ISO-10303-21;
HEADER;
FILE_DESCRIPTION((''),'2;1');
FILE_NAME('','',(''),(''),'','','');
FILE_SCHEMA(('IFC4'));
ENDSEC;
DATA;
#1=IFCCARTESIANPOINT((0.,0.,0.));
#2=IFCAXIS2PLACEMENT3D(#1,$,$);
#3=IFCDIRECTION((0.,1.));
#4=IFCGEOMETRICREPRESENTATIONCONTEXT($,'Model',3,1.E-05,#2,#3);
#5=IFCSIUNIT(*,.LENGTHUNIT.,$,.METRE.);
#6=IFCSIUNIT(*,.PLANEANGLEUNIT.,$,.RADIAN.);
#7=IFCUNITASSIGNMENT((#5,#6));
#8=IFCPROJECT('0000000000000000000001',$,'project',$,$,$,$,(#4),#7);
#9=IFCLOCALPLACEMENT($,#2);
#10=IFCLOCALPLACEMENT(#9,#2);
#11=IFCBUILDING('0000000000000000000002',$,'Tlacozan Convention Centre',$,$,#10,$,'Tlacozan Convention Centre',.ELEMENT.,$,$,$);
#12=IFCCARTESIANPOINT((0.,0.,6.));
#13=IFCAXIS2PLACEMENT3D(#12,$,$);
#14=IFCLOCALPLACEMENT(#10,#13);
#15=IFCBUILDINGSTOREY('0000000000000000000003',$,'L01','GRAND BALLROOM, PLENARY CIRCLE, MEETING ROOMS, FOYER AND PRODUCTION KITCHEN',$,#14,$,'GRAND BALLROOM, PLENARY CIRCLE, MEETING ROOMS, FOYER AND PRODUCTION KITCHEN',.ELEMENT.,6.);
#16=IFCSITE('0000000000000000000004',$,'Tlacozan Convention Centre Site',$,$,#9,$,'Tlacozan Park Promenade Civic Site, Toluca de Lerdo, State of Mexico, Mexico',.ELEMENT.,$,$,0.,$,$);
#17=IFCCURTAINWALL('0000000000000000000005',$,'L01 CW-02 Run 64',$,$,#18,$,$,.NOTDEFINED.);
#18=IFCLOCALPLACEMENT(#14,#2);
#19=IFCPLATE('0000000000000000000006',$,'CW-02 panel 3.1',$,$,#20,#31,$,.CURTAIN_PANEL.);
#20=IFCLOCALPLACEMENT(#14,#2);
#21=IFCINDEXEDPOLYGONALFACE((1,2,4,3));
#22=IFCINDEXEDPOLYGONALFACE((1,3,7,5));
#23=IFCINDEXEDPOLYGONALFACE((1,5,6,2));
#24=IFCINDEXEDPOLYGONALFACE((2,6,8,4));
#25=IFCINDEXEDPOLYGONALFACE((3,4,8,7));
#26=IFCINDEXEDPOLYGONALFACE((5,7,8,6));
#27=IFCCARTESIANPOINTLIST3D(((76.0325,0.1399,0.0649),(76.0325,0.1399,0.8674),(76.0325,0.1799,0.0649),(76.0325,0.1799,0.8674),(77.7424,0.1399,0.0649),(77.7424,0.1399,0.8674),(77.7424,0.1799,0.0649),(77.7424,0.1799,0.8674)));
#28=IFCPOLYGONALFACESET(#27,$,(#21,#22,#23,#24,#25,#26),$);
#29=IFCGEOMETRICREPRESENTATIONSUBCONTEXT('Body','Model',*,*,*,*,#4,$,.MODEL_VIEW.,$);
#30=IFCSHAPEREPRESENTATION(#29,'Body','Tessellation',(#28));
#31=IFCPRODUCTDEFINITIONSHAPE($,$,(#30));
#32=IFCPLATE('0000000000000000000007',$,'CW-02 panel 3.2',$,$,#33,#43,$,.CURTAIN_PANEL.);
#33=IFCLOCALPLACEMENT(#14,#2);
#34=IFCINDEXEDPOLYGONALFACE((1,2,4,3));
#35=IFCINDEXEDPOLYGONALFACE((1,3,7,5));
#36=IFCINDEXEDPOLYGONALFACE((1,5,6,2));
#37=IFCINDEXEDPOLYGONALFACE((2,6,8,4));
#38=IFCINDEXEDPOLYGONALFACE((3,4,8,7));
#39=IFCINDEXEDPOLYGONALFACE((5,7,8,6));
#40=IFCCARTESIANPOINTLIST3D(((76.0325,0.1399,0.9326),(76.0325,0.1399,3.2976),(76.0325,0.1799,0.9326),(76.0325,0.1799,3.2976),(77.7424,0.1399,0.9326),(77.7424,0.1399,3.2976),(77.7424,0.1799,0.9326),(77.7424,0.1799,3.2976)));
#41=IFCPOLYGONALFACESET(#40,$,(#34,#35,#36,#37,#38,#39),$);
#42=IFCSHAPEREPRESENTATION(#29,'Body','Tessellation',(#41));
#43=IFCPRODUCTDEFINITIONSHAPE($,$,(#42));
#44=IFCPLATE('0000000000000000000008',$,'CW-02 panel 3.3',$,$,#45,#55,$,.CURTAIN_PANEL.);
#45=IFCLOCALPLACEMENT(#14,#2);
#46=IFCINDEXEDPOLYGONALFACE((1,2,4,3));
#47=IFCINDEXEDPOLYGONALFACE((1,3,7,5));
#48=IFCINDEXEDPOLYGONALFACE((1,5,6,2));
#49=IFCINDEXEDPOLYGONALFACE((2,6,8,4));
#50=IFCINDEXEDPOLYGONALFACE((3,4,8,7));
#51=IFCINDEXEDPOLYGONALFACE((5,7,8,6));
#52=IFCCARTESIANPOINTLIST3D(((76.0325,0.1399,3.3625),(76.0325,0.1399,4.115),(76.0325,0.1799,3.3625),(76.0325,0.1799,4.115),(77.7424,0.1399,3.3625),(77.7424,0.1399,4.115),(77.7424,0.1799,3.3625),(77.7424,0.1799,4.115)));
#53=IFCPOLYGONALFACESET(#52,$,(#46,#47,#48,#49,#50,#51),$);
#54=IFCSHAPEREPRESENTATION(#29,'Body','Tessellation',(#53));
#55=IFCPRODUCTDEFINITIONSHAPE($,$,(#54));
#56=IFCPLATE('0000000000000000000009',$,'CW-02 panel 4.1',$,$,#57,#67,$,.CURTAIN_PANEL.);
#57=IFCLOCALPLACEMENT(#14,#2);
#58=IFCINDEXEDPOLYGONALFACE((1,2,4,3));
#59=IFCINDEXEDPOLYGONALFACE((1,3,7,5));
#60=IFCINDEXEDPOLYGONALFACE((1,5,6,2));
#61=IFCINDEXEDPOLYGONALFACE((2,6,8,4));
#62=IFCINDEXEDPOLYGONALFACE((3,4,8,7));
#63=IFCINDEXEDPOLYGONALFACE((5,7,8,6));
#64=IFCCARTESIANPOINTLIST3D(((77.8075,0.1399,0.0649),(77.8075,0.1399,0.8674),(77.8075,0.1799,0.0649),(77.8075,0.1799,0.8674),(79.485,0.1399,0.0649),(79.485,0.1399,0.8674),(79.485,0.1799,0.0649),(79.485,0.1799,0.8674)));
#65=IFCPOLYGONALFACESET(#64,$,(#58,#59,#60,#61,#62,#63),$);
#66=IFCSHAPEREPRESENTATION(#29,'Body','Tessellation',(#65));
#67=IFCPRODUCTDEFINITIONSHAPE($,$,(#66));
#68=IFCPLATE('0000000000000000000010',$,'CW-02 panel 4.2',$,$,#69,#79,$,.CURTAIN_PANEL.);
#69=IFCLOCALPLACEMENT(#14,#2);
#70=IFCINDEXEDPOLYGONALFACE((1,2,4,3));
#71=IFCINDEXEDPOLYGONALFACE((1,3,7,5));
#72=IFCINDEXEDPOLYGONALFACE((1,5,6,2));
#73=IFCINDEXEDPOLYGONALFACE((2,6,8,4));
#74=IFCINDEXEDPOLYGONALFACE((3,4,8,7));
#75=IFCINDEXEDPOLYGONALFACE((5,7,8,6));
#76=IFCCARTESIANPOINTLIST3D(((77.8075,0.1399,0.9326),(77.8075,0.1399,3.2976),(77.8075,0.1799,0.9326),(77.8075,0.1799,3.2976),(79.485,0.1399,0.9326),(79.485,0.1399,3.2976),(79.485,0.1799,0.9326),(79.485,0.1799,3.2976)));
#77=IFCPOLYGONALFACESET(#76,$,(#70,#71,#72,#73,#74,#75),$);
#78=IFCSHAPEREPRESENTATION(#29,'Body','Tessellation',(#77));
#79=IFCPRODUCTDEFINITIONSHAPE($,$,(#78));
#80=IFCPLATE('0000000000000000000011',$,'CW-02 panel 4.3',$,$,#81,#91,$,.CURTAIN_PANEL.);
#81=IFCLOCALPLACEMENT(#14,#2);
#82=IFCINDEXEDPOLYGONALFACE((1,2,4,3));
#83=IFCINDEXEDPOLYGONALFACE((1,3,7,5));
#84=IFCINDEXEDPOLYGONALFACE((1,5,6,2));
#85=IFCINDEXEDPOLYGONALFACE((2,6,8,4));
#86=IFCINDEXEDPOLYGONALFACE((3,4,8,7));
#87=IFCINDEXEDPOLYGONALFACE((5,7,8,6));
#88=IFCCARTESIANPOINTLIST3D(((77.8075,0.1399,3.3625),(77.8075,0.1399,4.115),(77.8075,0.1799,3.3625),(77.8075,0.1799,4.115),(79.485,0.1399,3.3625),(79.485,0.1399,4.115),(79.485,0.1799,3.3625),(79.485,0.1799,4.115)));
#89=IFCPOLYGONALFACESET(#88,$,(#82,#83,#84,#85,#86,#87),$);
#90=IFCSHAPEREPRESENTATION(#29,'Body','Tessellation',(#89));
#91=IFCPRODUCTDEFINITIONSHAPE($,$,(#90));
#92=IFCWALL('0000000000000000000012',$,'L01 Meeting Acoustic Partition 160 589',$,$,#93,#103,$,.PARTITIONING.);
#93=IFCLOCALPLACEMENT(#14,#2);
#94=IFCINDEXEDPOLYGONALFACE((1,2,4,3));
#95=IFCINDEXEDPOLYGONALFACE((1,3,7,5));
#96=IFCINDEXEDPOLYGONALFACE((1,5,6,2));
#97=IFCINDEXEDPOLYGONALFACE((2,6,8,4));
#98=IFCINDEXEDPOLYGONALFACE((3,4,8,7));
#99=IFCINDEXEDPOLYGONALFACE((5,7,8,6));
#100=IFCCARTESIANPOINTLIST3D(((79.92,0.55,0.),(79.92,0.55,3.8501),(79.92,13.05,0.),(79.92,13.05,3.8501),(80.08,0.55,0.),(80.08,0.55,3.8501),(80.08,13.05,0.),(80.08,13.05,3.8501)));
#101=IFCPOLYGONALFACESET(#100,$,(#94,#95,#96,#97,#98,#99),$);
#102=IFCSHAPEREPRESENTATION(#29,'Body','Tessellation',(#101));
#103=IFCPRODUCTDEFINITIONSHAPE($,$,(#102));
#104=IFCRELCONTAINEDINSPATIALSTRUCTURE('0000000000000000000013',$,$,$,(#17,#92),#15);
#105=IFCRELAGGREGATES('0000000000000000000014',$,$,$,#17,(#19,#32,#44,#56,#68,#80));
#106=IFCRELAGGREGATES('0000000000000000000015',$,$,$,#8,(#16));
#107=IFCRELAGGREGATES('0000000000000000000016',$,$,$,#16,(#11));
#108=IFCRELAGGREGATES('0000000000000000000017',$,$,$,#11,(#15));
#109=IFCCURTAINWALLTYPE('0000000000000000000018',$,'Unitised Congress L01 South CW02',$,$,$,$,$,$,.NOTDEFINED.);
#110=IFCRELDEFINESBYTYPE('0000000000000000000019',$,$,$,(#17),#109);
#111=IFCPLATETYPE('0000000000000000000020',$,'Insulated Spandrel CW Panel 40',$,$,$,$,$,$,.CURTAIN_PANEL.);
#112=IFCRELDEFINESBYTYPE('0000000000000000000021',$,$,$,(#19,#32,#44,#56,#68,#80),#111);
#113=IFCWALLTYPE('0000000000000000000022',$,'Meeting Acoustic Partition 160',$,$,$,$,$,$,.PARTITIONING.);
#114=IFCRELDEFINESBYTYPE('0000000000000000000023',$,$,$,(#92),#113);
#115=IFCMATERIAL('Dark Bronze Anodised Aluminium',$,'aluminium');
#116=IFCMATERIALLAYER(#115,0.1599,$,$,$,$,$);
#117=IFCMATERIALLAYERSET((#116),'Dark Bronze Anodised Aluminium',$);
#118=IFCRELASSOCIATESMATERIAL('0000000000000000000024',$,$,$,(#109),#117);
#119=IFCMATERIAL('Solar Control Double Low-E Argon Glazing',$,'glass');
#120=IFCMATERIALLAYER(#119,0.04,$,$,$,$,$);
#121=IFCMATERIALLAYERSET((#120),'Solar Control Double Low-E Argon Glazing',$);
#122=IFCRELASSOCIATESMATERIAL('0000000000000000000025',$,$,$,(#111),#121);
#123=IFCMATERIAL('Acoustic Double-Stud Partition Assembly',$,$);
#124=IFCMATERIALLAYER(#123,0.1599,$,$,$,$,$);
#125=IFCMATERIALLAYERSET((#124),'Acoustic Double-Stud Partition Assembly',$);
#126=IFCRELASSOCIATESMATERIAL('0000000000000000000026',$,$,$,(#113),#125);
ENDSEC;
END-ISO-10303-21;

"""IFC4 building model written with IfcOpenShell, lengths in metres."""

from ifc_helpers import new_model, si_unit, direction, frame, frame_2d, origin, origin_2d, place, context, subcontext, project, spatial, rectangle, extrude, material, layer, layer_set, type_object, element, aggregate, save


model = new_model("IFC4")

# Units and contexts
model_context = context("Model", 3, precision=1e-05, world=origin(), true_north=direction((0.0, 1.0)))
body_context = subcontext(model_context, "Body", "Model", "MODEL_VIEW")
ifc_project = project(units=[si_unit("LENGTHUNIT", "METRE"), si_unit("PLANEANGLEUNIT", "RADIAN")], contexts=[model_context])

# Site, building, storey
site_placement = place(None, origin())
site = spatial("IfcSite", under=ifc_project, at=site_placement, Name="Tlacozan Convention Centre Site", LongName="Tlacozan Park Promenade Civic Site, Toluca de Lerdo, State of Mexico, Mexico", CompositionType="ELEMENT", RefElevation=0.0)
building_placement = place(site_placement, origin())
building = spatial("IfcBuilding", under=site, at=building_placement, Name="Tlacozan Convention Centre", LongName="Tlacozan Convention Centre", CompositionType="ELEMENT")
storey_placement = place(building_placement, frame((0.0, 0.0, 6.0)))
storey = spatial("IfcBuildingStorey", under=building, at=storey_placement, Name="L01", Description="GRAND BALLROOM, PLENARY CIRCLE, MEETING ROOMS, FOYER AND PRODUCTION KITCHEN", LongName="GRAND BALLROOM, PLENARY CIRCLE, MEETING ROOMS, FOYER AND PRODUCTION KITCHEN", CompositionType="ELEMENT", Elevation=6.0)

# Curtain wall
ifc_material_1 = material(Name="Dark Bronze Anodised Aluminium", Category="aluminium")
ifc_layer_1 = layer(ifc_material_1, 0.1599)
ifc_layer_set_1 = layer_set([ifc_layer_1], Name="Dark Bronze Anodised Aluminium")
curtain_wall_type = type_object("IfcCurtainWallType", Name="Unitised Congress L01 South CW02", PredefinedType="NOTDEFINED", material=ifc_layer_set_1)
curtain_wall_1_placement = place(storey_placement, origin())
curtain_wall_1 = element("IfcCurtainWall", 1, at=curtain_wall_1_placement, inside=storey, type_object=curtain_wall_type, Name="L01 CW-02 Run 64", PredefinedType="NOTDEFINED")

# Plates
ifc_material_2 = material(Name="Solar Control Double Low-E Argon Glazing", Category="glass")
ifc_layer_2 = layer(ifc_material_2, 0.04)
ifc_layer_set_2 = layer_set([ifc_layer_2], Name="Solar Control Double Low-E Argon Glazing")
plate_type = type_object("IfcPlateType", Name="Insulated Spandrel CW Panel 40", PredefinedType="CURTAIN_PANEL", material=ifc_layer_set_2)
plate_1_placement = place(storey_placement, frame((76.8875, 0.1599, 0.0649), z_axis=(0.0, 0.0, 1.0), x_axis=(1.0, 0.0, 0.0)))
plate_1 = element("IfcPlate", 2, at=plate_1_placement, type_object=plate_type, Name="CW-02 panel 3.1", PredefinedType="CURTAIN_PANEL", context=body_context, shape_type="SweptSolid", body=[
    extrude(rectangle(XDim=1.71, YDim=0.04, at=origin_2d()), origin(), (0.0, 0.0, 1.0), 0.8025),
])
plate_2_placement = place(storey_placement, frame((76.8875, 0.1599, 0.9326), z_axis=(0.0, 0.0, 1.0), x_axis=(1.0, 0.0, 0.0)))
plate_2 = element("IfcPlate", 3, at=plate_2_placement, type_object=plate_type, Name="CW-02 panel 3.2", PredefinedType="CURTAIN_PANEL", context=body_context, shape_type="SweptSolid", body=[
    extrude(rectangle(XDim=1.71, YDim=0.04, at=origin_2d()), origin(), (0.0, 0.0, 1.0), 2.365),
])
plate_3_placement = place(storey_placement, frame((76.8875, 0.1599, 3.3625), z_axis=(0.0, 0.0, 1.0), x_axis=(1.0, 0.0, 0.0)))
plate_3 = element("IfcPlate", 4, at=plate_3_placement, type_object=plate_type, Name="CW-02 panel 3.3", PredefinedType="CURTAIN_PANEL", context=body_context, shape_type="SweptSolid", body=[
    extrude(rectangle(XDim=1.71, YDim=0.04, at=origin_2d()), origin(), (0.0, 0.0, 1.0), 0.7524),
])
plate_4_placement = place(storey_placement, frame((78.6462, 0.1599, 0.0649), z_axis=(0.0, 0.0, 1.0), x_axis=(1.0, 0.0, 0.0)))
plate_4 = element("IfcPlate", 5, at=plate_4_placement, type_object=plate_type, Name="CW-02 panel 4.1", PredefinedType="CURTAIN_PANEL", context=body_context, shape_type="SweptSolid", body=[
    extrude(rectangle(XDim=1.6775, YDim=0.04, at=origin_2d()), origin(), (0.0, 0.0, 1.0), 0.8025),
])
plate_5_placement = place(storey_placement, frame((78.6462, 0.1599, 0.9326), z_axis=(0.0, 0.0, 1.0), x_axis=(1.0, 0.0, 0.0)))
plate_5 = element("IfcPlate", 6, at=plate_5_placement, type_object=plate_type, Name="CW-02 panel 4.2", PredefinedType="CURTAIN_PANEL", context=body_context, shape_type="SweptSolid", body=[
    extrude(rectangle(XDim=1.6775, YDim=0.04, at=origin_2d()), origin(), (0.0, 0.0, 1.0), 2.365),
])
plate_6_placement = place(storey_placement, frame((78.6462, 0.1599, 3.3625), z_axis=(0.0, 0.0, 1.0), x_axis=(1.0, 0.0, 0.0)))
plate_6 = element("IfcPlate", 7, at=plate_6_placement, type_object=plate_type, Name="CW-02 panel 4.3", PredefinedType="CURTAIN_PANEL", context=body_context, shape_type="SweptSolid", body=[
    extrude(rectangle(XDim=1.6775, YDim=0.04, at=origin_2d()), origin(), (0.0, 0.0, 1.0), 0.7524),
])
aggregate(curtain_wall_1, [plate_1, plate_2, plate_3, plate_4, plate_5, plate_6])

# Wall
ifc_material_3 = material(Name="Acoustic Double-Stud Partition Assembly")
ifc_layer_3 = layer(ifc_material_3, 0.1599)
ifc_layer_set_3 = layer_set([ifc_layer_3], Name="Acoustic Double-Stud Partition Assembly")
wall_type = type_object("IfcWallType", Name="Meeting Acoustic Partition 160", PredefinedType="PARTITIONING", material=ifc_layer_set_3)
wall_placement = place(storey_placement, frame((80.0, 0.55, 0.0), z_axis=(0.0, 0.0, 1.0), x_axis=(0.0, 1.0, 0.0)))
element("IfcWall", 8, at=wall_placement, inside=storey, type_object=wall_type, Name="L01 Meeting Acoustic Partition 160 589", PredefinedType="PARTITIONING", context=body_context, shape_type="SweptSolid", body=[
    extrude(rectangle(XDim=12.5, YDim=0.1599, at=frame_2d((6.25, 0.0))), origin(), (0.0, 0.0, 1.0), 3.8501),
])

save(model, "model.ifc")
